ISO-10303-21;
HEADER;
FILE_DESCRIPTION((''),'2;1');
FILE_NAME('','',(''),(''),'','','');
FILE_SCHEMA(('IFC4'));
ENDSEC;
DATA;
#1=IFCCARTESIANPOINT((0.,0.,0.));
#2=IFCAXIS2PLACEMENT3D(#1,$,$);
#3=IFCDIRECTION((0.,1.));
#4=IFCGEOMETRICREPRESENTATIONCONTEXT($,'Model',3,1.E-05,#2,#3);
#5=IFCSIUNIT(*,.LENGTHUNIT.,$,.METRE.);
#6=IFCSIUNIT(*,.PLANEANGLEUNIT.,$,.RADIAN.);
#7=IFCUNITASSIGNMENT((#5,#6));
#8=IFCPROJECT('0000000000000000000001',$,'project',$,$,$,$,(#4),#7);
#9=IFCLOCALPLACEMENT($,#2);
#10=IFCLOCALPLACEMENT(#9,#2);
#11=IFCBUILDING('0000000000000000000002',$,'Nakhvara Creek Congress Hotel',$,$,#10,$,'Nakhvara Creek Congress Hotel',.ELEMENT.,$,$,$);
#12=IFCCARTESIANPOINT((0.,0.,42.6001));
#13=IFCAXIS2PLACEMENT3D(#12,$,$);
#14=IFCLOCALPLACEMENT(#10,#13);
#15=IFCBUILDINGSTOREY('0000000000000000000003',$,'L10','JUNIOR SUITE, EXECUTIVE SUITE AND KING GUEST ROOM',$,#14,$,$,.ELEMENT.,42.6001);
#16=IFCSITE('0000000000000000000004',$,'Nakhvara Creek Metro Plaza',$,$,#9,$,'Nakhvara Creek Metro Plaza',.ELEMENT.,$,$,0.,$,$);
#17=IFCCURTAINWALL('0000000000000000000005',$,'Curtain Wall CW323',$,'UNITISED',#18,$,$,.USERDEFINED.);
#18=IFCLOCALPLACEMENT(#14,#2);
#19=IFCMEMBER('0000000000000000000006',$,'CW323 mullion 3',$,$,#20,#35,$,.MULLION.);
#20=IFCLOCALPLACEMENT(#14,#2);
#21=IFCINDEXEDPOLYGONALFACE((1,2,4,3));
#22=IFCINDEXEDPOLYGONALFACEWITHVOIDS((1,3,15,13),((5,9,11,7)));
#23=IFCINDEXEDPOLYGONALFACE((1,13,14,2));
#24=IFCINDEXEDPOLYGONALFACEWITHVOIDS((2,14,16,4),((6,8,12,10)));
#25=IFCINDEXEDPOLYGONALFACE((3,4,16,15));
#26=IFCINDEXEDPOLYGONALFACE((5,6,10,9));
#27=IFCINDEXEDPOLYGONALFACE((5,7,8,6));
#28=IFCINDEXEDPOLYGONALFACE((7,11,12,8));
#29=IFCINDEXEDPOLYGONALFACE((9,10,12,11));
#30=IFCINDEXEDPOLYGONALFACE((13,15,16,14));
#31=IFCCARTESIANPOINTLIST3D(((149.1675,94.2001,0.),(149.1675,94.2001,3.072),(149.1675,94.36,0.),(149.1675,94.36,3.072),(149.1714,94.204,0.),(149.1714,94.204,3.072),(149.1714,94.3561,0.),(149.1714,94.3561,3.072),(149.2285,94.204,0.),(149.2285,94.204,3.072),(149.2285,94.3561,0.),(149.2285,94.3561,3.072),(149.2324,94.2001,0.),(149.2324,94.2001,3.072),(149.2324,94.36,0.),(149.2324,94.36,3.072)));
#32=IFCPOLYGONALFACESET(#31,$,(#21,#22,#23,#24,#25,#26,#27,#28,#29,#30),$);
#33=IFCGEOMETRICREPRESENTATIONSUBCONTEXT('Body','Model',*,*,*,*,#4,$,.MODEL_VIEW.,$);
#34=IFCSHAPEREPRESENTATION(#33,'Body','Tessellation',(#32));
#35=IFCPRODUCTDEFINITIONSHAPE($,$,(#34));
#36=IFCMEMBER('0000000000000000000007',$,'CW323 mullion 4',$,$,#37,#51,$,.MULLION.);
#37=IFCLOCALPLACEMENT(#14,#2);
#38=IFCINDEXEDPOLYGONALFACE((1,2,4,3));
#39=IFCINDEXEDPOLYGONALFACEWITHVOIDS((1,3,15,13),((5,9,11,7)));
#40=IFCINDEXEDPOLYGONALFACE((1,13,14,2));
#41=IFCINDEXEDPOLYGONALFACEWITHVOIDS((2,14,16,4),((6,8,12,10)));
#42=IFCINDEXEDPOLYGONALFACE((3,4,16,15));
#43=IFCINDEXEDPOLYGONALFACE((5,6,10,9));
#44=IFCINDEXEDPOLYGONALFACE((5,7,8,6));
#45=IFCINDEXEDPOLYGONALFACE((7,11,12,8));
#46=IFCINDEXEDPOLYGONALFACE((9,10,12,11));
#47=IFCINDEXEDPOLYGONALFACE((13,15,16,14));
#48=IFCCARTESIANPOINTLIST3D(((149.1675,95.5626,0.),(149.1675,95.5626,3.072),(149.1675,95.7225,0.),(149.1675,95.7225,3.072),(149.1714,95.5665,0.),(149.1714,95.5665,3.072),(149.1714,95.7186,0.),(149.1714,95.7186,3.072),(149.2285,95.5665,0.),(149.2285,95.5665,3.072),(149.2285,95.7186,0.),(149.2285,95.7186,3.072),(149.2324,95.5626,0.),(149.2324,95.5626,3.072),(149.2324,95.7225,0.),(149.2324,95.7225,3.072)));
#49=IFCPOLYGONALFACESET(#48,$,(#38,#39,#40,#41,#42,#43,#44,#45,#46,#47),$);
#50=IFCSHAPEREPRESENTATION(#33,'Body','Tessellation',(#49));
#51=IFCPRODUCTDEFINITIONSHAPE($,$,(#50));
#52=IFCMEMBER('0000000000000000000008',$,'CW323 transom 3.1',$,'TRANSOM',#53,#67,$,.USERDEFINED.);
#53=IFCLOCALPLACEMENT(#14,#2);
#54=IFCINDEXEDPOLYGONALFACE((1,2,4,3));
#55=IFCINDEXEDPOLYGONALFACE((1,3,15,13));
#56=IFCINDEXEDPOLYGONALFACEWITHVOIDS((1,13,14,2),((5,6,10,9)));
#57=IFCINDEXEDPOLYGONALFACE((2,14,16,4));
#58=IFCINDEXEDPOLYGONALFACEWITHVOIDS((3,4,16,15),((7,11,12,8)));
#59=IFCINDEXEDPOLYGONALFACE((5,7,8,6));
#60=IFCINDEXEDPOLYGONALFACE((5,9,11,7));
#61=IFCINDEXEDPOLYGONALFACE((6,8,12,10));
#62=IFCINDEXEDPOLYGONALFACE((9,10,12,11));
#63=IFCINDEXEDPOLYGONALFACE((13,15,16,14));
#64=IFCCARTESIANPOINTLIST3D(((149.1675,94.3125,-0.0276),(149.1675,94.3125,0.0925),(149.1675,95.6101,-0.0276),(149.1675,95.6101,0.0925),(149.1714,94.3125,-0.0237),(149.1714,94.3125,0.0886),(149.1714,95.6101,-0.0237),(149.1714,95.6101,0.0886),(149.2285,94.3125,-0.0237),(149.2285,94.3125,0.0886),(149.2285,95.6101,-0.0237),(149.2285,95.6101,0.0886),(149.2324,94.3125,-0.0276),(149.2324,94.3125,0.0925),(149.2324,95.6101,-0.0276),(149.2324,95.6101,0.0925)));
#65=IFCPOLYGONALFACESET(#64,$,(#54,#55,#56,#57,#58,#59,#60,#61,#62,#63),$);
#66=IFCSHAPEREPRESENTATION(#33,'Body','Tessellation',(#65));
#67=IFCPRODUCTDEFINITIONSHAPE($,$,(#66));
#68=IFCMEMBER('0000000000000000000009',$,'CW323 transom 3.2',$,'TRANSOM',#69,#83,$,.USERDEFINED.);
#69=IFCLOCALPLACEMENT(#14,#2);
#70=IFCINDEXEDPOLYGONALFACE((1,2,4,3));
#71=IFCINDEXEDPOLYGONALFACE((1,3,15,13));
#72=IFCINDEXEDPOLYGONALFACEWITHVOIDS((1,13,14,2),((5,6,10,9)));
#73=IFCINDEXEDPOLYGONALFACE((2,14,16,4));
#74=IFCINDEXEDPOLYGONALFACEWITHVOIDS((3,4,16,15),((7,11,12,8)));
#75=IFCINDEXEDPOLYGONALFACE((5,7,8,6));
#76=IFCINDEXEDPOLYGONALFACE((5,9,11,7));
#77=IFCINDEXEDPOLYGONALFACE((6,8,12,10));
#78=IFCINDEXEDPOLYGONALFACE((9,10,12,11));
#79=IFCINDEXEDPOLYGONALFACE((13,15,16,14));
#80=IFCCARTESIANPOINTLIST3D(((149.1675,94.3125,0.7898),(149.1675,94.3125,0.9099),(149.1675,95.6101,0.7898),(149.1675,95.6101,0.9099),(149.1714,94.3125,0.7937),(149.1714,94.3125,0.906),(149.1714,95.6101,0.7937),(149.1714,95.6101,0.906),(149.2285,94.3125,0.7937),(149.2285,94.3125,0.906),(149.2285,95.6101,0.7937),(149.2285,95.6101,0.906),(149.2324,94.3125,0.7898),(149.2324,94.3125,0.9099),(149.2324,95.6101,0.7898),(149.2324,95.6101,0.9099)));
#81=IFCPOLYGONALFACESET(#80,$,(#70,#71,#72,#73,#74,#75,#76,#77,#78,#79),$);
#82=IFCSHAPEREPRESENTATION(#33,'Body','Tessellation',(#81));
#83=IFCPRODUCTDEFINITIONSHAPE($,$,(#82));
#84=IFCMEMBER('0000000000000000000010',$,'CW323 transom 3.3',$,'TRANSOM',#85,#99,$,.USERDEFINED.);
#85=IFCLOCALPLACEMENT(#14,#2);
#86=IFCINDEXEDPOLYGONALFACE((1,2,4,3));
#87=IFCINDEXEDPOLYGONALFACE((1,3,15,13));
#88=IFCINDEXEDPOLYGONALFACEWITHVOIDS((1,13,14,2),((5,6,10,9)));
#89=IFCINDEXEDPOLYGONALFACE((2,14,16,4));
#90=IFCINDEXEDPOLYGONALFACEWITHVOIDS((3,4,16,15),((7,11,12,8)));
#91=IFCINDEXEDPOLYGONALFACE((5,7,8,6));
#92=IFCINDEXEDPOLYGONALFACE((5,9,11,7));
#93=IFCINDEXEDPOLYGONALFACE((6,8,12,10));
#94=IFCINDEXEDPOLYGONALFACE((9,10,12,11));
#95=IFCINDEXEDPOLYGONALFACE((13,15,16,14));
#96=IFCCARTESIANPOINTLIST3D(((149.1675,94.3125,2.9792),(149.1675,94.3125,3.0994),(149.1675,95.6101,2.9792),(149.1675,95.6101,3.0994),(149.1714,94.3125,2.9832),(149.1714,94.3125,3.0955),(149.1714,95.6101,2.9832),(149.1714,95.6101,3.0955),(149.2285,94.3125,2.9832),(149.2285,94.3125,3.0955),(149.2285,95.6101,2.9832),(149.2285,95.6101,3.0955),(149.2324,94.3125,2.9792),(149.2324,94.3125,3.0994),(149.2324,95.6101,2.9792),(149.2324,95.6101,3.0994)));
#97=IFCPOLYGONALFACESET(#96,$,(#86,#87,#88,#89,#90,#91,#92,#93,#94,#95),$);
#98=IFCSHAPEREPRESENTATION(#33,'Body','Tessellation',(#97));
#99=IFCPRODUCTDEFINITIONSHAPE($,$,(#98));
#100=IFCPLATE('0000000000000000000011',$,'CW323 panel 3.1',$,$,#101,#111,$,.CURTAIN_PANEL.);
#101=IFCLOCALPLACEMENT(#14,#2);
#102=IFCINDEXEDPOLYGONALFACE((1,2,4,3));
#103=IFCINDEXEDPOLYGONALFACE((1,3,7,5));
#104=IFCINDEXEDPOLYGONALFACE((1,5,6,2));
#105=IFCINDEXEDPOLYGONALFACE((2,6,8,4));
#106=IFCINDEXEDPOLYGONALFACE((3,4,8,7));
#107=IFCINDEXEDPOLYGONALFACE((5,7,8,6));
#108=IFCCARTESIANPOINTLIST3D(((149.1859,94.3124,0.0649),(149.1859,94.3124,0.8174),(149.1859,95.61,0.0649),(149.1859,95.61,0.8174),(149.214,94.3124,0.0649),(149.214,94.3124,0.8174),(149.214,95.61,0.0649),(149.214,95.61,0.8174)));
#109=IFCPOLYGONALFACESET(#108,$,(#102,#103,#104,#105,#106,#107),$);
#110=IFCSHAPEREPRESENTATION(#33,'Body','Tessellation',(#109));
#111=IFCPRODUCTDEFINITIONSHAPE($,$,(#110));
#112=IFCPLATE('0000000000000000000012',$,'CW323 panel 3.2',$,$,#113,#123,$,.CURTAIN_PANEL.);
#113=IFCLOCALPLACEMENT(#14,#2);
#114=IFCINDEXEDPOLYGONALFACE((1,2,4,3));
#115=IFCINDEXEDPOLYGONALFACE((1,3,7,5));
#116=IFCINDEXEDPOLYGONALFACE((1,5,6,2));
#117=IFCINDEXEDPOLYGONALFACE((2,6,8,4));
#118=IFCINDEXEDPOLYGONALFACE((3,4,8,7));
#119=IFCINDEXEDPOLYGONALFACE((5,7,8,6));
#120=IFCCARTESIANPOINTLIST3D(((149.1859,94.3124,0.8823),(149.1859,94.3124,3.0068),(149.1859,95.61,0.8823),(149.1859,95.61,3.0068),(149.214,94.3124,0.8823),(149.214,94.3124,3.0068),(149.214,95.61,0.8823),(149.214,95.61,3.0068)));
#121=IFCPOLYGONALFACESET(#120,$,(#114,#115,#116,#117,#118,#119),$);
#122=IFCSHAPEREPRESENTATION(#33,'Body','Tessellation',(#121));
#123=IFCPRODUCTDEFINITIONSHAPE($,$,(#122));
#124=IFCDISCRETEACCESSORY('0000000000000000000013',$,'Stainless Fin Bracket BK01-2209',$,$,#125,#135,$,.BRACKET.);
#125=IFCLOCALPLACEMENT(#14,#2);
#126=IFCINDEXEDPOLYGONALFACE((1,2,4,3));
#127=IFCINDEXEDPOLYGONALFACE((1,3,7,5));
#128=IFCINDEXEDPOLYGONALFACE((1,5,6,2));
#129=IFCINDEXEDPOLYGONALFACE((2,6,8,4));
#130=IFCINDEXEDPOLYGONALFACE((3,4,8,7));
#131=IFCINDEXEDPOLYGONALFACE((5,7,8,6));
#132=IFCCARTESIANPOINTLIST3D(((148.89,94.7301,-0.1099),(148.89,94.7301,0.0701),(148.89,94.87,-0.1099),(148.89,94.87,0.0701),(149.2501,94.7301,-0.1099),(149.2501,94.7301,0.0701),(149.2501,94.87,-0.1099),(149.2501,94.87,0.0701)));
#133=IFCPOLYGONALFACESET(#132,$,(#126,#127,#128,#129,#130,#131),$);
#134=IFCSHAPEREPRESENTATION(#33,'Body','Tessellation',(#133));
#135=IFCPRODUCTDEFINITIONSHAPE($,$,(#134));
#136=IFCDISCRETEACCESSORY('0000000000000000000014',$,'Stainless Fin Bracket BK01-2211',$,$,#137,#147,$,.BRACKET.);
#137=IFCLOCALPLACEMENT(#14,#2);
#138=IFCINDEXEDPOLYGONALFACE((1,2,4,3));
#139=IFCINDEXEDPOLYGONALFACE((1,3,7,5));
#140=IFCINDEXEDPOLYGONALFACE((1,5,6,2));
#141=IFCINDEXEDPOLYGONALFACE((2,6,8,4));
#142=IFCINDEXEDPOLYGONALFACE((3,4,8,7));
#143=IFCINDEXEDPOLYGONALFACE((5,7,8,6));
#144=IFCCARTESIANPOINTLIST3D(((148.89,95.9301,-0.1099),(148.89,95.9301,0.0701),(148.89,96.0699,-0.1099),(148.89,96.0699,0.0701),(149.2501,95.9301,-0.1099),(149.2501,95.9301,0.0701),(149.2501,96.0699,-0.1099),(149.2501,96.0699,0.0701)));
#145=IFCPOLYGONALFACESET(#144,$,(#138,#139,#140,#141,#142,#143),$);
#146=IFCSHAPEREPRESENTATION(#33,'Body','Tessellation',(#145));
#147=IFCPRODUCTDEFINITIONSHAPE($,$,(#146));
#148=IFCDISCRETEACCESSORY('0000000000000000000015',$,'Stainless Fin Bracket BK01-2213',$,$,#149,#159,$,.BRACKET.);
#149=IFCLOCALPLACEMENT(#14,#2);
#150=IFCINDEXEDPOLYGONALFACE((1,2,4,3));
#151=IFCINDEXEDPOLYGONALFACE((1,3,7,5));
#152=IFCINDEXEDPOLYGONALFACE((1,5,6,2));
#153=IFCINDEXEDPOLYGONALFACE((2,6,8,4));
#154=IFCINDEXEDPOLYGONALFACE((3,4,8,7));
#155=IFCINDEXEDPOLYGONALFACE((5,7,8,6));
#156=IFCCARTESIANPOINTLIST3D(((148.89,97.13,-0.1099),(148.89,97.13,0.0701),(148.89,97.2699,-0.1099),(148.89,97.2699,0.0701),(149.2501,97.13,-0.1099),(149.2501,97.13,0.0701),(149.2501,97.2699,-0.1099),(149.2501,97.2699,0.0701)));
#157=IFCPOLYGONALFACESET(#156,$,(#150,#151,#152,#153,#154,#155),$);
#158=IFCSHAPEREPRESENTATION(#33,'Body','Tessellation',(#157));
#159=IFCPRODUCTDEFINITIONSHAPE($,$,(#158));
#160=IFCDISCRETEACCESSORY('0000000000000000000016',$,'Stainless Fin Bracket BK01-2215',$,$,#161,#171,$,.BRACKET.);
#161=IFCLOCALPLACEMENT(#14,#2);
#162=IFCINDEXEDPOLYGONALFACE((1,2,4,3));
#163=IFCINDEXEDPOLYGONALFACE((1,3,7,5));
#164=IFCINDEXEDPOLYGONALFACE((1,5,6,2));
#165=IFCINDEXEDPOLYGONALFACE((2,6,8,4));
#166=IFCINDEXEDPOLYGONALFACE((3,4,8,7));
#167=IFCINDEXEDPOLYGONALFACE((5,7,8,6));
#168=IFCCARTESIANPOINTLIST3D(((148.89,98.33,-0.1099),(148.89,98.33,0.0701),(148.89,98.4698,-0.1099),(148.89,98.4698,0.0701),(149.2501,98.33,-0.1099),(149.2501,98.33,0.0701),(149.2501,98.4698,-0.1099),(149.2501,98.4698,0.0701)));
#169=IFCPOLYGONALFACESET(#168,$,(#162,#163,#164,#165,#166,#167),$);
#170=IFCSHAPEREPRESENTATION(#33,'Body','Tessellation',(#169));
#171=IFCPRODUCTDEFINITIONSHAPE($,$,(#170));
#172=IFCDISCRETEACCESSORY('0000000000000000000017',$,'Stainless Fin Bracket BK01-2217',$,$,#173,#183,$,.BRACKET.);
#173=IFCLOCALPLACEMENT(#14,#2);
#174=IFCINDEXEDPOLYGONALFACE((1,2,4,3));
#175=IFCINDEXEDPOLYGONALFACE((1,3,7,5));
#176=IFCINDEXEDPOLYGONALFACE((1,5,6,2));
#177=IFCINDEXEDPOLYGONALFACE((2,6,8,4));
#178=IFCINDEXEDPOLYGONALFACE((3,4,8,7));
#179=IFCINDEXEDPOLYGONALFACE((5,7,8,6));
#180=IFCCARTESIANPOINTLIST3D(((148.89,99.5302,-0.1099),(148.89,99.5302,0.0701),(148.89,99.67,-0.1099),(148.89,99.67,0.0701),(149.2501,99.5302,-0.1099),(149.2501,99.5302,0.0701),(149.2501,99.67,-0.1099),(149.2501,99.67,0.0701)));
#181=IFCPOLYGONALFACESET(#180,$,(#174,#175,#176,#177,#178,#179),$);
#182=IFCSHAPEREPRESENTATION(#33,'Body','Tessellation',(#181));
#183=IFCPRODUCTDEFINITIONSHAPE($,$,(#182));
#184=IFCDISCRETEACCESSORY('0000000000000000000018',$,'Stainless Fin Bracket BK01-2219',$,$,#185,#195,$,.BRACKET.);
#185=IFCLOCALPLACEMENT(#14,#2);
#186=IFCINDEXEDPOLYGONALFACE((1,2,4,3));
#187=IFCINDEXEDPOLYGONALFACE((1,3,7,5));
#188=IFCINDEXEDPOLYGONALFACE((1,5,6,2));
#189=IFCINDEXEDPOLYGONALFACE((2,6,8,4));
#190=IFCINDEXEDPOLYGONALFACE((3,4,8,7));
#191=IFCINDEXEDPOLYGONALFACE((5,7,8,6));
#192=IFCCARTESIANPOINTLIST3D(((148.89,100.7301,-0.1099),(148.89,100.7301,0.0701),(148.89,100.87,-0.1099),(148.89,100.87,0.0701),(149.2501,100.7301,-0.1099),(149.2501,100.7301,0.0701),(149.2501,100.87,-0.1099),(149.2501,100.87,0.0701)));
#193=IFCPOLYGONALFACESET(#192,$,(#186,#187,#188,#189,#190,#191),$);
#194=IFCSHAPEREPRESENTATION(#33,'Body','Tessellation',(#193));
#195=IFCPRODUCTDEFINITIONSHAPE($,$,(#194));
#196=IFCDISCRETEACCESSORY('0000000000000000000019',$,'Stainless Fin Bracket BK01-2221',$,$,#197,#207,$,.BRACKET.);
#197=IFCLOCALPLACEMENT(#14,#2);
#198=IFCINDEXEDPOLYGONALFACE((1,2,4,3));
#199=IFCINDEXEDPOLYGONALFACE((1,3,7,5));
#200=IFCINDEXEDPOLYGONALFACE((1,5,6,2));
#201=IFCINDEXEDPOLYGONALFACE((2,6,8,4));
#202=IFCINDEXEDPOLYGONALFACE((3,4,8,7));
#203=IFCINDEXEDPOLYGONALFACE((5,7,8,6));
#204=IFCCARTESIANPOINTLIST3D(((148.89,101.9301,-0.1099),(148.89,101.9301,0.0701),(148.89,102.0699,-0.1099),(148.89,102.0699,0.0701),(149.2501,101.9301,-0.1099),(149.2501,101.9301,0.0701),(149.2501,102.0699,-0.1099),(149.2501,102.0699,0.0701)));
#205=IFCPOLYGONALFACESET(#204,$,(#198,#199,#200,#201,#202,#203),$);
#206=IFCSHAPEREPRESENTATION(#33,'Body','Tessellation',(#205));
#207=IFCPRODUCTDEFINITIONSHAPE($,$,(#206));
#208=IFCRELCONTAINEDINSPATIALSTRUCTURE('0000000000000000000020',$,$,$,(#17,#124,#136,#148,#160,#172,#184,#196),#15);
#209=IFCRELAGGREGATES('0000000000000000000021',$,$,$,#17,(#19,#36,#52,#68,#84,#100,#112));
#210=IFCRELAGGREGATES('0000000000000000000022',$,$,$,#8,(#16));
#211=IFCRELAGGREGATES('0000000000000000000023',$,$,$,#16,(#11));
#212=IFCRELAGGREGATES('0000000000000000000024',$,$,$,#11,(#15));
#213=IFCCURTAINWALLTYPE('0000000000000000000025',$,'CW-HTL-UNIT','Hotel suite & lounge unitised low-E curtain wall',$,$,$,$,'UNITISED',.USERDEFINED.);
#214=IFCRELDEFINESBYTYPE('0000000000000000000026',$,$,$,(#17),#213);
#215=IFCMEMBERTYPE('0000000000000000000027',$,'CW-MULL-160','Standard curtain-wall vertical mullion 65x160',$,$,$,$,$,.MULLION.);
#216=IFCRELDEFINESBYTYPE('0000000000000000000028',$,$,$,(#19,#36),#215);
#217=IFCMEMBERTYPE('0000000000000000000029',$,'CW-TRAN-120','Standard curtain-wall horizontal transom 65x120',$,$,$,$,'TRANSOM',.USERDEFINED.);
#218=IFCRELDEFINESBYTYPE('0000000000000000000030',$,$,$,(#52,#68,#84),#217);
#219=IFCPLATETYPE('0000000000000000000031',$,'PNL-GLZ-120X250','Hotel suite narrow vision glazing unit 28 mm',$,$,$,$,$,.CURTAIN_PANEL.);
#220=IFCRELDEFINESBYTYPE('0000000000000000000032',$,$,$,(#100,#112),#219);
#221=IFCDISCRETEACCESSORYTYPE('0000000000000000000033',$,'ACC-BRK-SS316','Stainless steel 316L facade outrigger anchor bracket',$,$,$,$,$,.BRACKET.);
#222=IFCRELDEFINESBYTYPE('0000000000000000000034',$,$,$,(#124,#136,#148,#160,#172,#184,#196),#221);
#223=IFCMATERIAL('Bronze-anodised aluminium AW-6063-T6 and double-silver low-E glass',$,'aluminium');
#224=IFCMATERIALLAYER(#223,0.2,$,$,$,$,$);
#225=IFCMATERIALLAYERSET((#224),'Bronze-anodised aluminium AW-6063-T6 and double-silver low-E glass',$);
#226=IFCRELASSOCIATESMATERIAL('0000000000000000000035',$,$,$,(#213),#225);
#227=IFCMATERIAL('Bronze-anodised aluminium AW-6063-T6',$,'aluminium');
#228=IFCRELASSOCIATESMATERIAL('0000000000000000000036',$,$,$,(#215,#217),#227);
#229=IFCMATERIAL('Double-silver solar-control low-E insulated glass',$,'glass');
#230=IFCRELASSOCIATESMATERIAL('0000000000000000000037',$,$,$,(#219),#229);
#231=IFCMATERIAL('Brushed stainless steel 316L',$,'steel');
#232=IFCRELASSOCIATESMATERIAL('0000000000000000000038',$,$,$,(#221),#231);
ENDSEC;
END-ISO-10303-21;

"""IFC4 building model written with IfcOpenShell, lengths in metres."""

from ifc_helpers import new_model, si_unit, direction, frame, origin, origin_2d, place, context, subcontext, project, spatial, rectangle, hollow_rectangle, extrude, material, layer, layer_set, material_profile, profile_set, type_object, element, aggregate, save


model = new_model("IFC4")

# Units and contexts
model_context = context("Model", 3, precision=1e-05, world=origin(), true_north=direction((0.0, 1.0)))
body_context = subcontext(model_context, "Body", "Model", "MODEL_VIEW")
ifc_project = project(units=[si_unit("LENGTHUNIT", "METRE"), si_unit("PLANEANGLEUNIT", "RADIAN")], contexts=[model_context])

# Site, building, storey
site_placement = place(None, origin())
site = spatial("IfcSite", under=ifc_project, at=site_placement, Name="Nakhvara Creek Metro Plaza", LongName="Nakhvara Creek Metro Plaza", CompositionType="ELEMENT", RefElevation=0.0)
building_placement = place(site_placement, origin())
building = spatial("IfcBuilding", under=site, at=building_placement, Name="Nakhvara Creek Congress Hotel", LongName="Nakhvara Creek Congress Hotel", CompositionType="ELEMENT")
storey_placement = place(building_placement, frame((0.0, 0.0, 42.6001)))
storey = spatial("IfcBuildingStorey", under=building, at=storey_placement, Name="L10", Description="JUNIOR SUITE, EXECUTIVE SUITE AND KING GUEST ROOM", CompositionType="ELEMENT", Elevation=42.6001)

# Curtain wall, members, plates
ifc_material_1 = material(Name="Bronze-anodised aluminium AW-6063-T6 and double-silver low-E glass", Category="aluminium")
ifc_layer = layer(ifc_material_1, 0.2)
ifc_layer_set = layer_set([ifc_layer], Name="Bronze-anodised aluminium AW-6063-T6 and double-silver low-E glass")
curtain_wall_type = type_object("IfcCurtainWallType", Name="CW-HTL-UNIT", Description="Hotel suite & lounge unitised low-E curtain wall", ElementType="UNITISED", PredefinedType="USERDEFINED", material=ifc_layer_set)
curtain_wall_placement = place(storey_placement, origin())
curtain_wall = element("IfcCurtainWall", 1, at=curtain_wall_placement, inside=storey, type_object=curtain_wall_type, Name="Curtain Wall CW323", ObjectType="UNITISED", PredefinedType="USERDEFINED")
ifc_material_2 = material(Name="Bronze-anodised aluminium AW-6063-T6", Category="aluminium")
ifc_material_profile_1 = material_profile(ifc_material_2, hollow_rectangle(XDim=0.0649, YDim=0.1599, WallThickness=0.0039, at=origin_2d()), Name="ALU-MULL 65x160x4", Category="LoadBearing")
ifc_profile_set_1 = profile_set([ifc_material_profile_1], Name="Bronze-anodised aluminium AW-6063-T6")
member_type_1 = type_object("IfcMemberType", Name="CW-MULL-160", Description="Standard curtain-wall vertical mullion 65x160", PredefinedType="MULLION", material=ifc_profile_set_1)
member_1_placement = place(storey_placement, frame((149.2, 94.28, 0.0), z_axis=(0.0, 0.0, 1.0), x_axis=(-1.0, 0.0, 0.0)))
member_1 = element("IfcMember", 2, at=member_1_placement, type_object=member_type_1, Name="CW323 mullion 3", PredefinedType="MULLION", context=body_context, shape_type="SweptSolid", body=[
    extrude(hollow_rectangle(XDim=0.0649, YDim=0.1599, WallThickness=0.0039, at=origin_2d()), origin(), (0.0, 0.0, 1.0), 3.072),
])
member_2_placement = place(storey_placement, frame((149.2, 95.6426, 0.0), z_axis=(0.0, 0.0, 1.0), x_axis=(-1.0, 0.0, 0.0)))
member_2 = element("IfcMember", 3, at=member_2_placement, type_object=member_type_1, Name="CW323 mullion 4", PredefinedType="MULLION", context=body_context, shape_type="SweptSolid", body=[
    extrude(hollow_rectangle(XDim=0.0649, YDim=0.1599, WallThickness=0.0039, at=origin_2d()), origin(), (0.0, 0.0, 1.0), 3.072),
])
ifc_material_profile_2 = material_profile(ifc_material_2, hollow_rectangle(XDim=0.0649, YDim=0.1201, WallThickness=0.0039, at=origin_2d()), Name="ALU-TRAN 65x120x4", Category="LoadBearing")
ifc_profile_set_2 = profile_set([ifc_material_profile_2], Name="Bronze-anodised aluminium AW-6063-T6")
member_type_2 = type_object("IfcMemberType", Name="CW-TRAN-120", Description="Standard curtain-wall horizontal transom 65x120", ElementType="TRANSOM", PredefinedType="USERDEFINED", material=ifc_profile_set_2)
member_3_placement = place(storey_placement, frame((149.2, 94.3125, 0.0325), z_axis=(0.0, 1.0, 0.0), x_axis=(-1.0, 0.0, 0.0)))
member_3 = element("IfcMember", 4, at=member_3_placement, type_object=member_type_2, Name="CW323 transom 3.1", ObjectType="TRANSOM", PredefinedType="USERDEFINED", context=body_context, shape_type="SweptSolid", body=[
    extrude(hollow_rectangle(XDim=0.0649, YDim=0.1201, WallThickness=0.0039, at=origin_2d()), origin(), (0.0, 0.0, 1.0), 1.2976),
])
member_4_placement = place(storey_placement, frame((149.2, 94.3125, 0.8499), z_axis=(0.0, 1.0, 0.0), x_axis=(-1.0, 0.0, 0.0)))
member_4 = element("IfcMember", 5, at=member_4_placement, type_object=member_type_2, Name="CW323 transom 3.2", ObjectType="TRANSOM", PredefinedType="USERDEFINED", context=body_context, shape_type="SweptSolid", body=[
    extrude(hollow_rectangle(XDim=0.0649, YDim=0.1201, WallThickness=0.0039, at=origin_2d()), origin(), (0.0, 0.0, 1.0), 1.2976),
])
member_5_placement = place(storey_placement, frame((149.2, 94.3125, 3.0393), z_axis=(0.0, 1.0, 0.0), x_axis=(-1.0, 0.0, 0.0)))
member_5 = element("IfcMember", 6, at=member_5_placement, type_object=member_type_2, Name="CW323 transom 3.3", ObjectType="TRANSOM", PredefinedType="USERDEFINED", context=body_context, shape_type="SweptSolid", body=[
    extrude(hollow_rectangle(XDim=0.0649, YDim=0.1201, WallThickness=0.0039, at=origin_2d()), origin(), (0.0, 0.0, 1.0), 1.2976),
])
ifc_material_3 = material(Name="Double-silver solar-control low-E insulated glass", Category="glass")
plate_type = type_object("IfcPlateType", Name="PNL-GLZ-120X250", Description="Hotel suite narrow vision glazing unit 28 mm", PredefinedType="CURTAIN_PANEL", material=ifc_material_3)
plate_1_placement = place(storey_placement, frame((149.2, 94.9612, 0.0649), z_axis=(0.0, 0.0, 1.0), x_axis=(0.0, 1.0, 0.0)))
plate_1 = element("IfcPlate", 7, at=plate_1_placement, type_object=plate_type, Name="CW323 panel 3.1", PredefinedType="CURTAIN_PANEL", context=body_context, shape_type="SweptSolid", body=[
    extrude(rectangle(XDim=1.2976, YDim=0.0281, at=origin_2d()), origin(), (0.0, 0.0, 1.0), 0.7524),
])
plate_2_placement = place(storey_placement, frame((149.2, 94.9612, 0.8823), z_axis=(0.0, 0.0, 1.0), x_axis=(0.0, 1.0, 0.0)))
plate_2 = element("IfcPlate", 8, at=plate_2_placement, type_object=plate_type, Name="CW323 panel 3.2", PredefinedType="CURTAIN_PANEL", context=body_context, shape_type="SweptSolid", body=[
    extrude(rectangle(XDim=1.2976, YDim=0.0281, at=origin_2d()), origin(), (0.0, 0.0, 1.0), 2.1245),
])
aggregate(curtain_wall, [member_1, member_2, member_3, member_4, member_5, plate_1, plate_2])

# Discrete accessories
ifc_material_4 = material(Name="Brushed stainless steel 316L", Category="steel")
discrete_accessory_type = type_object("IfcDiscreteAccessoryType", Name="ACC-BRK-SS316", Description="Stainless steel 316L facade outrigger anchor bracket", PredefinedType="BRACKET", material=ifc_material_4)
for number, where, z_axis, x_axis, name in (
    (9, (149.0701, 94.8, -0.1099), (0.0, 0.0, 1.0), (0.0, 1.0, 0.0), "Stainless Fin Bracket BK01-2209"),
    (10, (149.0701, 96.0, -0.1099), (0.0, 0.0, 1.0), (0.0, 1.0, 0.0), "Stainless Fin Bracket BK01-2211"),
    (11, (149.0701, 97.2, -0.1099), (0.0, 0.0, 1.0), (0.0, 1.0, 0.0), "Stainless Fin Bracket BK01-2213"),
    (12, (149.0701, 98.3999, -0.1099), (0.0, 0.0, 1.0), (0.0, 1.0, 0.0), "Stainless Fin Bracket BK01-2215"),
    (13, (149.0701, 99.6001, -0.1099), (0.0, 0.0, 1.0), (0.0, 1.0, 0.0), "Stainless Fin Bracket BK01-2217"),
    (14, (149.0701, 100.8, -0.1099), (0.0, 0.0, 1.0), (0.0, 1.0, 0.0), "Stainless Fin Bracket BK01-2219"),
    (15, (149.0701, 102.0, -0.1099), (0.0, 0.0, 1.0), (0.0, 1.0, 0.0), "Stainless Fin Bracket BK01-2221"),
):
    element("IfcDiscreteAccessory", number, at=place(storey_placement, frame(where, z_axis=z_axis, x_axis=x_axis)), inside=storey, type_object=discrete_accessory_type, Name=name, PredefinedType="BRACKET", context=body_context, shape_type="SweptSolid", body=[
        extrude(rectangle(XDim=0.1399, YDim=0.3601, at=origin_2d()), origin(), (0.0, 0.0, 1.0), 0.1799),
    ])

save(model, "model.ifc")
